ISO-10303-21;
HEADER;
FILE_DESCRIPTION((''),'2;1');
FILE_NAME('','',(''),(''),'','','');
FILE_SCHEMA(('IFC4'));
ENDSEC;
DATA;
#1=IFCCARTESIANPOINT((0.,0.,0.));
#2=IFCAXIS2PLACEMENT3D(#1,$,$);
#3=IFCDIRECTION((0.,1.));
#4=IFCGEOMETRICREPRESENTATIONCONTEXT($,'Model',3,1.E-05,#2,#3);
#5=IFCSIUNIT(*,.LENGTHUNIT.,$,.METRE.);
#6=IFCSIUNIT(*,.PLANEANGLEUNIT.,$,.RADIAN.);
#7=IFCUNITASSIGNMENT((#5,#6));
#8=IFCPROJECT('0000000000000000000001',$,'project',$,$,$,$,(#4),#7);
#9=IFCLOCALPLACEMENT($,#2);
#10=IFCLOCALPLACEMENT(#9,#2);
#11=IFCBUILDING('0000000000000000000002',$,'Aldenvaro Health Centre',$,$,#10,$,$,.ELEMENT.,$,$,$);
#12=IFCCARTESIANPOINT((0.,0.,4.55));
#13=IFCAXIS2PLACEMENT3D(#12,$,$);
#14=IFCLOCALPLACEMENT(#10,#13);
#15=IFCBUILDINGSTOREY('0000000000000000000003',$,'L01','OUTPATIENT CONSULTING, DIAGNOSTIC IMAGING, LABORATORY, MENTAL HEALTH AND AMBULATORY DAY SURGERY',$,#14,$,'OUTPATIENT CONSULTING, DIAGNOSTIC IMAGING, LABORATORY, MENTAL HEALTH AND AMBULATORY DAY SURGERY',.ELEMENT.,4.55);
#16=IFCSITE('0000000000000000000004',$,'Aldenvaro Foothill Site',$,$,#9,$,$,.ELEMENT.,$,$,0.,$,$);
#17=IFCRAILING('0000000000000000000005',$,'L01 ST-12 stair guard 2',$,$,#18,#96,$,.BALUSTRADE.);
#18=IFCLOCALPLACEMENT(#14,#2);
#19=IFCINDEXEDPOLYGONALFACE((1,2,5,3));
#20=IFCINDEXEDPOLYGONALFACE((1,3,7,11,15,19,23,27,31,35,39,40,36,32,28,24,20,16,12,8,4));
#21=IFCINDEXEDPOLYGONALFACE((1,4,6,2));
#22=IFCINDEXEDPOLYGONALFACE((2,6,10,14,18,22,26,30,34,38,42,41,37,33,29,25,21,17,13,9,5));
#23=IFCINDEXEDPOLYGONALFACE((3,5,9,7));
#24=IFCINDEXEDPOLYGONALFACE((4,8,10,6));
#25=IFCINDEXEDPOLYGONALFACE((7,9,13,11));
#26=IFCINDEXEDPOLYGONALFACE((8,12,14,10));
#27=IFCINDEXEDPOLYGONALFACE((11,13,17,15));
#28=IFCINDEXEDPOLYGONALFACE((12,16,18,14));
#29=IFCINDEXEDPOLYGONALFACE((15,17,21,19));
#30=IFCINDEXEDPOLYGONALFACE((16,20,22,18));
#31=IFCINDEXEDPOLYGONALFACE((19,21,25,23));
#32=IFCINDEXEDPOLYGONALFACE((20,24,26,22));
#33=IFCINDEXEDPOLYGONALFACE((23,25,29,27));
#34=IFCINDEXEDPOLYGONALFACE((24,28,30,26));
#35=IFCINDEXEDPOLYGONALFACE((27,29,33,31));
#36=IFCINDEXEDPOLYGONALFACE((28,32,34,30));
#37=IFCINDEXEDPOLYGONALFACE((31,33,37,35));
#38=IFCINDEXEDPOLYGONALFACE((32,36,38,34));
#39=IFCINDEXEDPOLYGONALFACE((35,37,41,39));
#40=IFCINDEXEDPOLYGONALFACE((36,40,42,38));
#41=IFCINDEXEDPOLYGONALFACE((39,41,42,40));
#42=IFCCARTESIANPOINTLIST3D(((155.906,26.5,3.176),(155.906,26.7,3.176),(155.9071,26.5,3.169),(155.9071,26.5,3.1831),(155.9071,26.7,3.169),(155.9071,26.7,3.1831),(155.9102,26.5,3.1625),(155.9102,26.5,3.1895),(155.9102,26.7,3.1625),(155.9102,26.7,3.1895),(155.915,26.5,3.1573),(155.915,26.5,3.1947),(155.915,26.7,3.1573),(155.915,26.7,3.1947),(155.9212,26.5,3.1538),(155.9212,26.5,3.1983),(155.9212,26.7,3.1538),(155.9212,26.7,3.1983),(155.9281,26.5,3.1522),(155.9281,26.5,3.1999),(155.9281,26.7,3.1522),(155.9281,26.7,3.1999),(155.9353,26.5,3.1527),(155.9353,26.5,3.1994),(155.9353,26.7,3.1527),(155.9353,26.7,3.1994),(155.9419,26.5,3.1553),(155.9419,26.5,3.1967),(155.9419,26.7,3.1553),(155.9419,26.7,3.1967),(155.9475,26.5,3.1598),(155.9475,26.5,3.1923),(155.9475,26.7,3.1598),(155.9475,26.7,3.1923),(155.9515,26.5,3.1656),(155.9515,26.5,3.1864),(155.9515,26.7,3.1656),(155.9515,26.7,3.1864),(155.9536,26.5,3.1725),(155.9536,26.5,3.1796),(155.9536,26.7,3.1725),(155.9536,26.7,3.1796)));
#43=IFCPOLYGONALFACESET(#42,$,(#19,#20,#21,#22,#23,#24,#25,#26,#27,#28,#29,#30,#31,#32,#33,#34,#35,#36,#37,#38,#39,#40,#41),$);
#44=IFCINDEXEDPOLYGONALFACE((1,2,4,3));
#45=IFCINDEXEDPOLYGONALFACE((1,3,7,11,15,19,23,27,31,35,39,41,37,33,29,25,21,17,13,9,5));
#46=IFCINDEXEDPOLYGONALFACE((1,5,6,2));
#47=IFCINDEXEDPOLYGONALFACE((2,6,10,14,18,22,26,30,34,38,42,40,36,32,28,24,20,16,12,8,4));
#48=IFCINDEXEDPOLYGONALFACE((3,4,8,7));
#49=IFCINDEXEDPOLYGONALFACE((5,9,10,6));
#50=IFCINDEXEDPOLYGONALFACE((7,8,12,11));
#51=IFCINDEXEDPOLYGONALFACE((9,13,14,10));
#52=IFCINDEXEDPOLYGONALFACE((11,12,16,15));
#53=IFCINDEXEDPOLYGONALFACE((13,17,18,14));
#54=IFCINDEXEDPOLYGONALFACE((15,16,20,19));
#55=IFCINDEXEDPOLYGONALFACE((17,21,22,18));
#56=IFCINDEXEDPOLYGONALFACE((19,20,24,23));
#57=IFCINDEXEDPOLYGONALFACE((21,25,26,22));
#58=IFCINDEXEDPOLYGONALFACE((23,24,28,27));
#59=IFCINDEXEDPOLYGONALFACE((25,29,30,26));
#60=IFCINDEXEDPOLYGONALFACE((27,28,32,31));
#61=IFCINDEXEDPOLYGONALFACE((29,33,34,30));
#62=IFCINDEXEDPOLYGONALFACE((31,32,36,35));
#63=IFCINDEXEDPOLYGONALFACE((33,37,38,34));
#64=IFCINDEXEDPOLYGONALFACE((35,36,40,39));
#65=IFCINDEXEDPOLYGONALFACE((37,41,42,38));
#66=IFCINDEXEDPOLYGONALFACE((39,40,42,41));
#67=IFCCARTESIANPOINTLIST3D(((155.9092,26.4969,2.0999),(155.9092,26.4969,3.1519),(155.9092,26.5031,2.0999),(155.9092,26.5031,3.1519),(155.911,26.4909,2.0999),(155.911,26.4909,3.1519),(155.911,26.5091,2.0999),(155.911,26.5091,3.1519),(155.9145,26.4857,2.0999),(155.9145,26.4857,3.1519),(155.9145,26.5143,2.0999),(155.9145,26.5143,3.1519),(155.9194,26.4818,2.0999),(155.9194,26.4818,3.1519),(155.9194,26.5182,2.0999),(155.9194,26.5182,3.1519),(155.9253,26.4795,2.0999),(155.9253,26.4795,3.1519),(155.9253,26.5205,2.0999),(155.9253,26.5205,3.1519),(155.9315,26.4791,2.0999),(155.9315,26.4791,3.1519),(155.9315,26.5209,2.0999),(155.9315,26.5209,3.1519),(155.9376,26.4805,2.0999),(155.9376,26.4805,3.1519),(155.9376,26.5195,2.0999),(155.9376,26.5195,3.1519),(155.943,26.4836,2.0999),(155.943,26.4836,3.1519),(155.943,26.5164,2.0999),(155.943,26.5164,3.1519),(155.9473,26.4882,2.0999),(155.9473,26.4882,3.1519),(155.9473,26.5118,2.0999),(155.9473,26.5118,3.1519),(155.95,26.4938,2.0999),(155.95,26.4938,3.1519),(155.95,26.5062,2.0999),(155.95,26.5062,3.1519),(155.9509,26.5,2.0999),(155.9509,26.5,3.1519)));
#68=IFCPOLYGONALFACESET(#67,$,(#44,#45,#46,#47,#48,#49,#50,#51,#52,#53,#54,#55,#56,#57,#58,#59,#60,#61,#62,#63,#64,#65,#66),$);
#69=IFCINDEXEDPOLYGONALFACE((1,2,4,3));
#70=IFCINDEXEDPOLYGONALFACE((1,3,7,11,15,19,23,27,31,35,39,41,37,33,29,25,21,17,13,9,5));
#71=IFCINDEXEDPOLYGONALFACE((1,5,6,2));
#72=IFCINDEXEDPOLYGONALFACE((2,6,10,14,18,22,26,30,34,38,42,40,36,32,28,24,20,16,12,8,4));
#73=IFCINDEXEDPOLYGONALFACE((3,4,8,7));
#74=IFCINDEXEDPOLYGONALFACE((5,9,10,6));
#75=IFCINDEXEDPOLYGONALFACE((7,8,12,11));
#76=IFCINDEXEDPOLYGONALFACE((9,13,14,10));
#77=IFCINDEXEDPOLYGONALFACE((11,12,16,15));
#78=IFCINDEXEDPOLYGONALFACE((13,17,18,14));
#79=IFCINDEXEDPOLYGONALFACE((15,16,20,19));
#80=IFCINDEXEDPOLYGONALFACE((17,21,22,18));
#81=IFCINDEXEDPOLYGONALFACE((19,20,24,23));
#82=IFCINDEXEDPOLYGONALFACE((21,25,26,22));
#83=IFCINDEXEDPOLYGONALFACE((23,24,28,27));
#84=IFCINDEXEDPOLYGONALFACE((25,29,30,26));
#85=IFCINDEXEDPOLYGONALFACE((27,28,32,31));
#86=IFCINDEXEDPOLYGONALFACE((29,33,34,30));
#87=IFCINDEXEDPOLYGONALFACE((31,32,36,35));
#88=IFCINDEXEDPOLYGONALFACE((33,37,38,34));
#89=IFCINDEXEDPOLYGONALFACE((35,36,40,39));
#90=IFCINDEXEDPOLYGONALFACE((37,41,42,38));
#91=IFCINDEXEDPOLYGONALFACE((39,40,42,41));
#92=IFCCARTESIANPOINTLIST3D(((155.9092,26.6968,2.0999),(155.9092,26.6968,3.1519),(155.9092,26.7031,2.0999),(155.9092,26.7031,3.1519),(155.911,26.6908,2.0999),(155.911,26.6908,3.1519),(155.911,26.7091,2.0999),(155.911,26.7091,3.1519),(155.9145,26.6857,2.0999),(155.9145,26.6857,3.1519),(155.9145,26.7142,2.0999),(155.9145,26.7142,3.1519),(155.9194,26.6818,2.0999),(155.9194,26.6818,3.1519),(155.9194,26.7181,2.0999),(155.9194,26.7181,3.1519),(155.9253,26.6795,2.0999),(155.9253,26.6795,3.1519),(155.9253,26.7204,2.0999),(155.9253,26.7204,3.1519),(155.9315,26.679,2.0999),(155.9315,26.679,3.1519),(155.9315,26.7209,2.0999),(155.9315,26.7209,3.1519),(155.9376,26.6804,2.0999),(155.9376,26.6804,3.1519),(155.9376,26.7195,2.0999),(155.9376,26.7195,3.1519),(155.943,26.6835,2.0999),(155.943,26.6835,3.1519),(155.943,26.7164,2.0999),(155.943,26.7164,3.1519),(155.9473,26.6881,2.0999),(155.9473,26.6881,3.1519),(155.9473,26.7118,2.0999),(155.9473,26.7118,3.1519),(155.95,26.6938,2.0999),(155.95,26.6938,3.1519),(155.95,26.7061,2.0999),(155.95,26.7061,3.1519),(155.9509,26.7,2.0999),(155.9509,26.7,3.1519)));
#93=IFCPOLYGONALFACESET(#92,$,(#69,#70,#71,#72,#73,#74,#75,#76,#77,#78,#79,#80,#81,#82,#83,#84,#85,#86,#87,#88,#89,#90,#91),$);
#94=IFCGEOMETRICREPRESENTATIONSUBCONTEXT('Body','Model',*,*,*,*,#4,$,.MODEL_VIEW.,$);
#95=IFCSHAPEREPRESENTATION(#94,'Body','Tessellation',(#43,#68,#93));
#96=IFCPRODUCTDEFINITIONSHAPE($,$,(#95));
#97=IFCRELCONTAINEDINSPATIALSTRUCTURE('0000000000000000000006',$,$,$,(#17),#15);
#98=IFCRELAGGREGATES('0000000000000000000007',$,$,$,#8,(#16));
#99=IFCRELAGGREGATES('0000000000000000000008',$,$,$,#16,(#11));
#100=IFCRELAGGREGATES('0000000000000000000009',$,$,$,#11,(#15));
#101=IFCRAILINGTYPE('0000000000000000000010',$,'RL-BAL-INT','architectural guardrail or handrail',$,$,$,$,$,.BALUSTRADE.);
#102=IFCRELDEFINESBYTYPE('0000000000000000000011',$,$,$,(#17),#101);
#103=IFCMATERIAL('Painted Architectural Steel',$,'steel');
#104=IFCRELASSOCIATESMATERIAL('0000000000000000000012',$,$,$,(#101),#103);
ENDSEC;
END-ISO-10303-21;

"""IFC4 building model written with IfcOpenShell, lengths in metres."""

from ifc_helpers import new_model, si_unit, direction, frame, origin, origin_2d, place, context, subcontext, project, spatial, circle, extrude, material, type_object, element, save


model = new_model("IFC4")

# Units and contexts
model_context = context("Model", 3, precision=1e-05, world=origin(), true_north=direction((0.0, 1.0)))
body_context = subcontext(model_context, "Body", "Model", "MODEL_VIEW")
ifc_project = project(units=[si_unit("LENGTHUNIT", "METRE"), si_unit("PLANEANGLEUNIT", "RADIAN")], contexts=[model_context])

# Site, building, storey
site_placement = place(None, origin())
site = spatial("IfcSite", under=ifc_project, at=site_placement, Name="Aldenvaro Foothill Site", CompositionType="ELEMENT", RefElevation=0.0)
building_placement = place(site_placement, origin())
building = spatial("IfcBuilding", under=site, at=building_placement, Name="Aldenvaro Health Centre", CompositionType="ELEMENT")
storey_placement = place(building_placement, frame((0.0, 0.0, 4.55)))
storey = spatial("IfcBuildingStorey", under=building, at=storey_placement, Name="L01", Description="OUTPATIENT CONSULTING, DIAGNOSTIC IMAGING, LABORATORY, MENTAL HEALTH AND AMBULATORY DAY SURGERY", LongName="OUTPATIENT CONSULTING, DIAGNOSTIC IMAGING, LABORATORY, MENTAL HEALTH AND AMBULATORY DAY SURGERY", CompositionType="ELEMENT", Elevation=4.55)

# Railing
ifc_material_1 = material(Name="Painted Architectural Steel", Category="steel")
railing_type_1 = type_object("IfcRailingType", Name="RL-BAL-INT", Description="architectural guardrail or handrail", PredefinedType="BALUSTRADE", material=ifc_material_1)
railing_1_placement = place(storey_placement, frame((155.9299, 26.5, 2.0999)))
element("IfcRailing", 1, at=railing_1_placement, inside=storey, type_object=railing_type_1, Name="L01 ST-12 stair guard 2", PredefinedType="BALUSTRADE", context=body_context, shape_type="SweptSolid", body=[
    extrude(circle(Radius=0.0239, at=origin_2d()), frame((0.0, 0.0, 1.0762), z_axis=(0.0, 1.0, 0.0), x_axis=(-1.0, 0.0, 0.0)), (0.0, 0.0, 1.0), 0.2),
    extrude(circle(Radius=0.021, at=origin_2d()), origin(), (0.0, 0.0, 1.0), 1.052),
    extrude(circle(Radius=0.021, at=origin_2d()), frame((0.0, 0.2, 0.0)), (0.0, 0.0, 1.0), 1.052),
])

save(model, "model.ifc")
